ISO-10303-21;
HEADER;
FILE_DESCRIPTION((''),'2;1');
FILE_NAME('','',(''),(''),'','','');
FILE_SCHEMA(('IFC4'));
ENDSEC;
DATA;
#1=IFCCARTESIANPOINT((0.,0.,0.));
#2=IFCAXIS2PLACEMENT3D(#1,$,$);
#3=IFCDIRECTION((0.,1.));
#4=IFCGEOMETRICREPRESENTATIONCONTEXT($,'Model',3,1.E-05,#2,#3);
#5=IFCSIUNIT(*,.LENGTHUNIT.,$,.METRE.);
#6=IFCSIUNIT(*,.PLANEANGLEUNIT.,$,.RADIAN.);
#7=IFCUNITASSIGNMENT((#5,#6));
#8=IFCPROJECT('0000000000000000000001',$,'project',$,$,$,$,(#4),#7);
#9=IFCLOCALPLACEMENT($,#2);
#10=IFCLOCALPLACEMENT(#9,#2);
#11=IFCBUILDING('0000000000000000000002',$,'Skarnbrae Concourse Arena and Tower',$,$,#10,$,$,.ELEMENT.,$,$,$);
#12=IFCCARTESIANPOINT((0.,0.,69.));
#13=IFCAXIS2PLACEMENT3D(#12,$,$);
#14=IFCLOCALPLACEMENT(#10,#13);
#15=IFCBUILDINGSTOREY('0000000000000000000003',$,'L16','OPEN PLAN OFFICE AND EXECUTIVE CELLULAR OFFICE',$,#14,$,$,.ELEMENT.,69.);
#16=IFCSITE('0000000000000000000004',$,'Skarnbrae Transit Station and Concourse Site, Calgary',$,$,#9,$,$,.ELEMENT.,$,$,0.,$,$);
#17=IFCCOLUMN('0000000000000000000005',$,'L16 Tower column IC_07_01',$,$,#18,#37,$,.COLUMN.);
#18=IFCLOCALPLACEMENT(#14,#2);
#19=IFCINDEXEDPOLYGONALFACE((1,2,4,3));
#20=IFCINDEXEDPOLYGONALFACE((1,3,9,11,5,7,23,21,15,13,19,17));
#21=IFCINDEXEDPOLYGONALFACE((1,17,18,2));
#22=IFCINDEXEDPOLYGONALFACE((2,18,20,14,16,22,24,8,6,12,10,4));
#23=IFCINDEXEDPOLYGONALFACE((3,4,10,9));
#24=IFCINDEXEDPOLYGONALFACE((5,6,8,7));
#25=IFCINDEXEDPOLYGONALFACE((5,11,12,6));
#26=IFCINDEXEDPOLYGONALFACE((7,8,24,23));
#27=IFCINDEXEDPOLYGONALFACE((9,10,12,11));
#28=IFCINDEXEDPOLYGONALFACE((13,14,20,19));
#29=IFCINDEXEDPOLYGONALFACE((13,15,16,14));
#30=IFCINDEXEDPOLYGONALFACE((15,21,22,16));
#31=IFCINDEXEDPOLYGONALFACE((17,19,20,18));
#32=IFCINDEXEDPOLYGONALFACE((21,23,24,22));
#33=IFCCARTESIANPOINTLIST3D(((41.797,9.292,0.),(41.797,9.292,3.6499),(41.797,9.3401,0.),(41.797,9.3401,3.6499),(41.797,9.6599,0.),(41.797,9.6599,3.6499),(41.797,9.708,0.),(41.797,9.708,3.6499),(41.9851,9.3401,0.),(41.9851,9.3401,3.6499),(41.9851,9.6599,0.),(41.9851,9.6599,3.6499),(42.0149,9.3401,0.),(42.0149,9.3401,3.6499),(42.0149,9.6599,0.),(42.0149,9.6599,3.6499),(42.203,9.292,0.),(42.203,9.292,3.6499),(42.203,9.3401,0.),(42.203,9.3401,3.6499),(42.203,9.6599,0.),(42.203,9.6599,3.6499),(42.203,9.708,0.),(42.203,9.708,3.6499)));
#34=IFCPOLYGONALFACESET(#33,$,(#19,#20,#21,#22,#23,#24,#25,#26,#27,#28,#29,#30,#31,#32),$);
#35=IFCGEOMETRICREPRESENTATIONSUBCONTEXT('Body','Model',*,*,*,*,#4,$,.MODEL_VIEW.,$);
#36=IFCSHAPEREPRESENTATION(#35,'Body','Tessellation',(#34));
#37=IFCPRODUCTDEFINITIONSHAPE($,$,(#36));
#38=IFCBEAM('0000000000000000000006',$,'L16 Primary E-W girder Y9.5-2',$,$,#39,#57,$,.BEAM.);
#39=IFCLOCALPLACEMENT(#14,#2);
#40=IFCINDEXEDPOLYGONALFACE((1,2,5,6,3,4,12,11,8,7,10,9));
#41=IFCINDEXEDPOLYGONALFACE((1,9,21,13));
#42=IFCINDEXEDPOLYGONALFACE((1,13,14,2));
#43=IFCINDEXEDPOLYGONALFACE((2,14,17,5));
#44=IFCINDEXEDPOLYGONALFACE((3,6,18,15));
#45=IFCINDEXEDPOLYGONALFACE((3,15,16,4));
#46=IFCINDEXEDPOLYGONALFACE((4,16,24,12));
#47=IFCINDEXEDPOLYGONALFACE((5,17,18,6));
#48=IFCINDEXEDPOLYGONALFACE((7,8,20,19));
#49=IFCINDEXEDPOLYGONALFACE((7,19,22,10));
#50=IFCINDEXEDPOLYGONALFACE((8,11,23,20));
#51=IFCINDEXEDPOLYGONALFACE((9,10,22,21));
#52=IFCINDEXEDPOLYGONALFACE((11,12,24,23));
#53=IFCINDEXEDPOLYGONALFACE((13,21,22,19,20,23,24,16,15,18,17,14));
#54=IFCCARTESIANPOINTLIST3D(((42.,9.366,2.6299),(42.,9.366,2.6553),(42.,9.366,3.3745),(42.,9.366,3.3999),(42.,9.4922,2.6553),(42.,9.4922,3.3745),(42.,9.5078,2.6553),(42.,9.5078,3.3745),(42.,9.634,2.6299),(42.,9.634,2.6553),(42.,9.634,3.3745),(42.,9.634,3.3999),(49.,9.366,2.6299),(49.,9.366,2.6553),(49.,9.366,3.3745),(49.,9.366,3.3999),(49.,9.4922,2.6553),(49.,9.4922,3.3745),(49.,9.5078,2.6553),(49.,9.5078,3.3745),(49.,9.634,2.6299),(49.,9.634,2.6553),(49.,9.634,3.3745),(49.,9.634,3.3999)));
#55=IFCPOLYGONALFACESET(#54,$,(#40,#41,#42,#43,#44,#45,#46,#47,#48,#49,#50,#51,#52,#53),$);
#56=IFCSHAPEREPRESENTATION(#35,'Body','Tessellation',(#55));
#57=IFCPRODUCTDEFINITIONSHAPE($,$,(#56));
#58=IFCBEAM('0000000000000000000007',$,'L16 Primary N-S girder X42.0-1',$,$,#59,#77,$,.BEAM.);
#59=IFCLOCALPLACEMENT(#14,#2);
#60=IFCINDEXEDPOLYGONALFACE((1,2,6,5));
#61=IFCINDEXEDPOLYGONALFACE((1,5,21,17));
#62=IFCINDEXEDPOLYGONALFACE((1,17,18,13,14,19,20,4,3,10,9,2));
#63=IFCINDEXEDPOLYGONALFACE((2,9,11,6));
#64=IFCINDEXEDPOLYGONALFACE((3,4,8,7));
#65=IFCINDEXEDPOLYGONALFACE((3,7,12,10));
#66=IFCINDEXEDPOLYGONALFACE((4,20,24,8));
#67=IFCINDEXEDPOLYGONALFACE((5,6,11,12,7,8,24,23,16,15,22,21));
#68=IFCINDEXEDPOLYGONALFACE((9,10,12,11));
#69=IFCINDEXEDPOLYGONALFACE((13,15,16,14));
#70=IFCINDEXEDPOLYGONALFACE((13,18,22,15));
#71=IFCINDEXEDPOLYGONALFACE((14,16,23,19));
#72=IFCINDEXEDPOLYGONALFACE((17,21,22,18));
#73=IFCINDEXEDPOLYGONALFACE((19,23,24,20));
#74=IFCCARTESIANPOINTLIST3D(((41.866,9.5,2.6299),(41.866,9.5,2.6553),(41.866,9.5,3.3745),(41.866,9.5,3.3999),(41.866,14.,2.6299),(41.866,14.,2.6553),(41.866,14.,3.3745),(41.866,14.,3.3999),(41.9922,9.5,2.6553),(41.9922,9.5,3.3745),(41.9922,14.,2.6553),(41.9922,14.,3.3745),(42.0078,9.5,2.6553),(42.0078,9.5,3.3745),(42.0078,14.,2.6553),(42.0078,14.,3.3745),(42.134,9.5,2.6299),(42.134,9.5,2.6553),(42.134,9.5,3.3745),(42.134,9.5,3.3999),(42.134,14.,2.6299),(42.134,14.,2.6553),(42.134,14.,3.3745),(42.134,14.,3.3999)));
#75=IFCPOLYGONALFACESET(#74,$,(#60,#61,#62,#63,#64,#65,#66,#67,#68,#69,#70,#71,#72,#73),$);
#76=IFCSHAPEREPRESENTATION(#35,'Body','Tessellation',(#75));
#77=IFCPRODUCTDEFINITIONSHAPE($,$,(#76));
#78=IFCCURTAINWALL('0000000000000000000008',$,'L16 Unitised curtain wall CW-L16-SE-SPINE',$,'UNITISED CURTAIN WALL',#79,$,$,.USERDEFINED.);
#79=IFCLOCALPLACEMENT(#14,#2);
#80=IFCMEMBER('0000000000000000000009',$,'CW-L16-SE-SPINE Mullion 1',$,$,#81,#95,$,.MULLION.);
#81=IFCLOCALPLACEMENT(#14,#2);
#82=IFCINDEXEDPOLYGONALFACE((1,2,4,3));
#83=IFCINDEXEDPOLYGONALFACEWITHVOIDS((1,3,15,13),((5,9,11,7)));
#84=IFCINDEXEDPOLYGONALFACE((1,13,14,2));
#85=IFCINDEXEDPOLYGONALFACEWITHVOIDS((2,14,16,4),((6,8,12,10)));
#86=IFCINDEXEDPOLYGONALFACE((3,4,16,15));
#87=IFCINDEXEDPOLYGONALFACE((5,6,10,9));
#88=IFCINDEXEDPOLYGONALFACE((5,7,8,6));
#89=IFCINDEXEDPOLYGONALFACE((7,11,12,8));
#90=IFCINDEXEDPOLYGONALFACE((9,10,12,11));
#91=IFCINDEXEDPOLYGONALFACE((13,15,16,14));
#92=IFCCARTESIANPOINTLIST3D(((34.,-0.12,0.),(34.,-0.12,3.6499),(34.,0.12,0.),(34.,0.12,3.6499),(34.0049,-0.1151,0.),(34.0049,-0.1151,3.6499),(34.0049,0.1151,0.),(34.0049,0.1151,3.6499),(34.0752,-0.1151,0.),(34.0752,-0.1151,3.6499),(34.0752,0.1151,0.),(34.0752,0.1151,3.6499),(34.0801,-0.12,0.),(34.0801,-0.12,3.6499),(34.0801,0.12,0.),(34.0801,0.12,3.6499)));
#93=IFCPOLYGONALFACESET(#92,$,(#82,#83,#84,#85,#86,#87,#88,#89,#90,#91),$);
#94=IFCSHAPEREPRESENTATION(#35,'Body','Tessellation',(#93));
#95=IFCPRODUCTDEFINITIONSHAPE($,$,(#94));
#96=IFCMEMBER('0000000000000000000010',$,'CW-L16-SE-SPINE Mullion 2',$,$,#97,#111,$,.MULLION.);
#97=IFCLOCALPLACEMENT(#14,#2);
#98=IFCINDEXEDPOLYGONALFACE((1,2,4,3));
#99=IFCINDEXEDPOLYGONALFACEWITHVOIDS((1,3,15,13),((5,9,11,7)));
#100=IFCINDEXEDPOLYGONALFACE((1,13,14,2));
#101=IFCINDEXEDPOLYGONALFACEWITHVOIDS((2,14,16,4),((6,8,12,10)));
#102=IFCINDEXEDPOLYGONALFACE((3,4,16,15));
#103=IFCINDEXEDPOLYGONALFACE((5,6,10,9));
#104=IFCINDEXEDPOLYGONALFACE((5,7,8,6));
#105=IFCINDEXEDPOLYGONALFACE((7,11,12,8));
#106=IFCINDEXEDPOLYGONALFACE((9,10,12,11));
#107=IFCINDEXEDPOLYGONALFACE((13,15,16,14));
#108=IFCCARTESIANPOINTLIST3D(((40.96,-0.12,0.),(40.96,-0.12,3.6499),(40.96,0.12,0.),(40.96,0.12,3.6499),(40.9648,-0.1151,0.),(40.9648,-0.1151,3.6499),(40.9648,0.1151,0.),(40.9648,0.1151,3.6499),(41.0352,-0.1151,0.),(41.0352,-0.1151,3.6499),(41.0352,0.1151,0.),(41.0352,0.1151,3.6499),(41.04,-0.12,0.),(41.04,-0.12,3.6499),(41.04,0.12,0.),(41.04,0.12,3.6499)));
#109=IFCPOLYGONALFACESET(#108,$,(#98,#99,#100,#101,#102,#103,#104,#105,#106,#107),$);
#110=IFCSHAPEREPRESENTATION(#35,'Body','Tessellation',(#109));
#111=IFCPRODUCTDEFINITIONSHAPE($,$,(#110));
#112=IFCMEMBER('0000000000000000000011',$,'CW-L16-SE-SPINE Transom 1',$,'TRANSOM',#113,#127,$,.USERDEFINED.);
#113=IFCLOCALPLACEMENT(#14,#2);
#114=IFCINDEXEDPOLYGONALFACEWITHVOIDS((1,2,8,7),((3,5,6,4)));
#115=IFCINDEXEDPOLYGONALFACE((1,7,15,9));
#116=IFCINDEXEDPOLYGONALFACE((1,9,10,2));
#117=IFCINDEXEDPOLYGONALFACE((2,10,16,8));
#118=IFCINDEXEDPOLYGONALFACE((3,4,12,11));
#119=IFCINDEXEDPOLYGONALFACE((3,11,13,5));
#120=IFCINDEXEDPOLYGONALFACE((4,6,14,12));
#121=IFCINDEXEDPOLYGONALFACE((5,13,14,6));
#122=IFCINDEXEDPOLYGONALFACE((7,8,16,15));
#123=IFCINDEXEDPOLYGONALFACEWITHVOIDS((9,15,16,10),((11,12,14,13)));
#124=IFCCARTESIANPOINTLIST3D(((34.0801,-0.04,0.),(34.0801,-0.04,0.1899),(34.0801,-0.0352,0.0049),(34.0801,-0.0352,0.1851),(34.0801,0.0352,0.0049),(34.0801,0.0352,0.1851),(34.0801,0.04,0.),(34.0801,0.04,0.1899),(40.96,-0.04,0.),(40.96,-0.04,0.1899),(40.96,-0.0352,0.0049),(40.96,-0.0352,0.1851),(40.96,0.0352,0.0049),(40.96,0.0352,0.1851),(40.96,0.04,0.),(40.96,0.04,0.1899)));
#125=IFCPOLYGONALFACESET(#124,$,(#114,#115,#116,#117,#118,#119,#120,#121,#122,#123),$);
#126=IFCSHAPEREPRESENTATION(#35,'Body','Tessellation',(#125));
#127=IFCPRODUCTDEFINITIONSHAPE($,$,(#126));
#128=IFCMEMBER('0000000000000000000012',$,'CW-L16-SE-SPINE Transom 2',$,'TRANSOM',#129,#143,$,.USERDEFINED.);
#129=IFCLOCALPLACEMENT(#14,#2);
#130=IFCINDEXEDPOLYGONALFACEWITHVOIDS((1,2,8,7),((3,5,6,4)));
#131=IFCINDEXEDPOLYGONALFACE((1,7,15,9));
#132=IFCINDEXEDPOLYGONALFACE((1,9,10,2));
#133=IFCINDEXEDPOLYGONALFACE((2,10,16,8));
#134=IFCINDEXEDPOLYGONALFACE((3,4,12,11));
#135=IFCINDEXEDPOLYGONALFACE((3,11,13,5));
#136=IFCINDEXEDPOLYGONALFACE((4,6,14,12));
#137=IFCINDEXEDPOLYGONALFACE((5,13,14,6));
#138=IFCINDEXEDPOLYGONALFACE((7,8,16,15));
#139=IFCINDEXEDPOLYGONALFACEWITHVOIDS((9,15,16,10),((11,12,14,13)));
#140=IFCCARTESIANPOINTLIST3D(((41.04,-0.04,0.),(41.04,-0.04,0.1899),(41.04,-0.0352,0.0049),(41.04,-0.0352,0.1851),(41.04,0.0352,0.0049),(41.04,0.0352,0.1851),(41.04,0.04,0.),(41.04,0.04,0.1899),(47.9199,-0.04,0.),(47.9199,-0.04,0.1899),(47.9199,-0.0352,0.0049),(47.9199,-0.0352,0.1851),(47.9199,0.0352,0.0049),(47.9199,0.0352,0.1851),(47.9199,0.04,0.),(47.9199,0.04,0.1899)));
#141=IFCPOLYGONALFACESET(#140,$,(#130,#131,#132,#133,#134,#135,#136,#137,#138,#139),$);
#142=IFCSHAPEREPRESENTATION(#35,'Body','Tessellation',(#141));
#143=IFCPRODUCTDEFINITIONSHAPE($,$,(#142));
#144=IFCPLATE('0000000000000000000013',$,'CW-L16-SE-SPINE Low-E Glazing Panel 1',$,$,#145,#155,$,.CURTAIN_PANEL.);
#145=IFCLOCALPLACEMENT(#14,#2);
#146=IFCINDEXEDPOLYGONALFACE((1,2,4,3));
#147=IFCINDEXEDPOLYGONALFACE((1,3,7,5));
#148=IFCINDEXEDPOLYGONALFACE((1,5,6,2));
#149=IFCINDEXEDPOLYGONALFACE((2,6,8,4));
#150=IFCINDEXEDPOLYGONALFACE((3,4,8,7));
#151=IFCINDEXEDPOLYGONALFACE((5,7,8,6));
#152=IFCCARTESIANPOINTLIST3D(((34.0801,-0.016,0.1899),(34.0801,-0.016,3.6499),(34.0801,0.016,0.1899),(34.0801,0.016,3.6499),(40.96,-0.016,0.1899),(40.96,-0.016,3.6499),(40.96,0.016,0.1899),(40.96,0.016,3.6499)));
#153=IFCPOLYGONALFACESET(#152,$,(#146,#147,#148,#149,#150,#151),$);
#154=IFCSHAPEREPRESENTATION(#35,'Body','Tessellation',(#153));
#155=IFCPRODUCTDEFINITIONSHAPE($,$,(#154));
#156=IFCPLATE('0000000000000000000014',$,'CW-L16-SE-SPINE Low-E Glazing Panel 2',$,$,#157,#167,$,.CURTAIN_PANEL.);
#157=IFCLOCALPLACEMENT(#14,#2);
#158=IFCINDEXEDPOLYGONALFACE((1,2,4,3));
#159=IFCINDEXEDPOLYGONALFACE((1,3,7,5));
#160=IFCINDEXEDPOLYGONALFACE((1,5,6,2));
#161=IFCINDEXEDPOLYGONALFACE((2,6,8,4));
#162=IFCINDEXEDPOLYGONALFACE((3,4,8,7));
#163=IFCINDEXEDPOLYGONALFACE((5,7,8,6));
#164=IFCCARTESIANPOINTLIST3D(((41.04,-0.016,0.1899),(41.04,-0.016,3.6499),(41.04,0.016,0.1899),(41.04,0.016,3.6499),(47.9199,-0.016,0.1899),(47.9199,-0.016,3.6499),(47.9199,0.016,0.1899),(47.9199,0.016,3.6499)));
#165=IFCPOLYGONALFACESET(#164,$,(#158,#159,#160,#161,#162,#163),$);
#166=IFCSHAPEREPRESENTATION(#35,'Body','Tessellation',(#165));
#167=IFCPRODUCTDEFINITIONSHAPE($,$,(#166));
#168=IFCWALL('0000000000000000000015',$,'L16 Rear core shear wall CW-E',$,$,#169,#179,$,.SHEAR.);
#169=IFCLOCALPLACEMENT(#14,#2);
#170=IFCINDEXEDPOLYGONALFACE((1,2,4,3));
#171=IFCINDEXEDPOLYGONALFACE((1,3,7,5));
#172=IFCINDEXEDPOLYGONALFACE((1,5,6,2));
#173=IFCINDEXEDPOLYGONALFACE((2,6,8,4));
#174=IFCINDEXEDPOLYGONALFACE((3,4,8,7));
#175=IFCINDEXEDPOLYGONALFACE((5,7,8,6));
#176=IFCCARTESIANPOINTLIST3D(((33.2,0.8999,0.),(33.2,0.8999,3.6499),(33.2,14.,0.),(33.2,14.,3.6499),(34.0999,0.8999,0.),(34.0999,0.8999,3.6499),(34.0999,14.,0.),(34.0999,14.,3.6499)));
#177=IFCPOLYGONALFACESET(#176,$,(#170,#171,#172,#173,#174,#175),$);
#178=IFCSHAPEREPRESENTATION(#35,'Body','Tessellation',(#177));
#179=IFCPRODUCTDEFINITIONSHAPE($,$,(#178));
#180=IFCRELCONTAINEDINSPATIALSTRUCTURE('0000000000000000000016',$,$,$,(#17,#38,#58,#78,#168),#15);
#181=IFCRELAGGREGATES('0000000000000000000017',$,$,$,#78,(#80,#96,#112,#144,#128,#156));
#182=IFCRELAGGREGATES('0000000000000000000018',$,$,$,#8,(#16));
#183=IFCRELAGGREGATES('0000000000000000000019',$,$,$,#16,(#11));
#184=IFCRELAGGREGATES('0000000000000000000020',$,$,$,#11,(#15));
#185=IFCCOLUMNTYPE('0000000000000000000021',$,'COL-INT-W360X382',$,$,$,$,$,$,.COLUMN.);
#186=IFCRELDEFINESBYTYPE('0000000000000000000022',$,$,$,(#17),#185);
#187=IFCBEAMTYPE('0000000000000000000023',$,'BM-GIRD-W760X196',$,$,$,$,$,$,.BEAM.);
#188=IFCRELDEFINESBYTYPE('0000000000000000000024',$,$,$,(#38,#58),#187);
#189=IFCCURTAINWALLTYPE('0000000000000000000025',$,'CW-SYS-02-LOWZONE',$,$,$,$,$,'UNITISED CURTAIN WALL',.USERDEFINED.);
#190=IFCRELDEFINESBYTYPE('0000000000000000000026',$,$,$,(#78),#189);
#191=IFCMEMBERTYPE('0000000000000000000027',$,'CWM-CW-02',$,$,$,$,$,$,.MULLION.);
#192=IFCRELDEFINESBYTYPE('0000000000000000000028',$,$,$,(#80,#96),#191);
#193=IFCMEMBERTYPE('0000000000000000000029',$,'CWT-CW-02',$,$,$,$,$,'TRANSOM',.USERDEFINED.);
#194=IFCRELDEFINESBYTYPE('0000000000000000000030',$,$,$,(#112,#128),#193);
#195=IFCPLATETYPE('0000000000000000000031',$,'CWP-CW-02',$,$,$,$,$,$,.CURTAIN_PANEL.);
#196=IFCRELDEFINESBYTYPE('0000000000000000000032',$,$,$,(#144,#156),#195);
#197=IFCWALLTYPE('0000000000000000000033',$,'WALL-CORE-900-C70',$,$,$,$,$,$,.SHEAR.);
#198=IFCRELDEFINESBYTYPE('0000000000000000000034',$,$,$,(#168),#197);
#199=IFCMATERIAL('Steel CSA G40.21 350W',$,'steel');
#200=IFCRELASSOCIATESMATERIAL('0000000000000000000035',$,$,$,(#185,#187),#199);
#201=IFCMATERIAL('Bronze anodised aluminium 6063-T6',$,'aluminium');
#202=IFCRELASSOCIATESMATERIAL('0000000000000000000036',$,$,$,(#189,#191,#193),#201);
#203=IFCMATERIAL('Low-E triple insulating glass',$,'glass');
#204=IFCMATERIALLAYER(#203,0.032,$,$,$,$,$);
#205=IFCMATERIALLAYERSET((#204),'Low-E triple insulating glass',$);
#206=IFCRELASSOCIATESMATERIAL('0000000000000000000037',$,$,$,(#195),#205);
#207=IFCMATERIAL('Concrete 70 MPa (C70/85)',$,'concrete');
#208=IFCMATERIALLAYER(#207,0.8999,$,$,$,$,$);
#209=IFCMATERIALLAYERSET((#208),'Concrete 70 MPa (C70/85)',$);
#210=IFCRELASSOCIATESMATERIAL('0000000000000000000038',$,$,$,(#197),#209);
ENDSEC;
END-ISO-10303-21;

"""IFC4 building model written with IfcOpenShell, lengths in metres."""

from ifc_helpers import new_model, si_unit, direction, frame, frame_2d, origin, origin_2d, place, context, subcontext, project, spatial, rectangle, hollow_rectangle, i_section, extrude, source, transform, mapped, material, layer, layer_set, material_profile, profile_set, type_object, element, aggregate, save


model = new_model("IFC4")

# Units and contexts
model_context = context("Model", 3, precision=1e-05, world=origin(), true_north=direction((0.0, 1.0)))
body_context = subcontext(model_context, "Body", "Model", "MODEL_VIEW")
ifc_project = project(units=[si_unit("LENGTHUNIT", "METRE"), si_unit("PLANEANGLEUNIT", "RADIAN")], contexts=[model_context])

# Site, building, storey
site_placement = place(None, origin())
site = spatial("IfcSite", under=ifc_project, at=site_placement, Name="Skarnbrae Transit Station and Concourse Site, Calgary", CompositionType="ELEMENT", RefElevation=0.0)
building_placement = place(site_placement, origin())
building = spatial("IfcBuilding", under=site, at=building_placement, Name="Skarnbrae Concourse Arena and Tower", CompositionType="ELEMENT")
storey_placement = place(building_placement, frame((0.0, 0.0, 69.0)))
storey = spatial("IfcBuildingStorey", under=building, at=storey_placement, Name="L16", Description="OPEN PLAN OFFICE AND EXECUTIVE CELLULAR OFFICE", CompositionType="ELEMENT", Elevation=69.0)

# Column
ifc_material_1 = material(Name="Steel CSA G40.21 350W", Category="steel")
ifc_material_profile_1 = material_profile(ifc_material_1, i_section(OverallWidth=0.406, OverallDepth=0.416, WebThickness=0.0298, FlangeThickness=0.0481, at=origin_2d()), Name="W360X382")
ifc_profile_set_1 = profile_set([ifc_material_profile_1], Name="Steel CSA G40.21 350W")
column_type = type_object("IfcColumnType", Name="COL-INT-W360X382", PredefinedType="COLUMN", material=ifc_profile_set_1)
shared_shape_1 = source(origin(), body_context, "Body", "SweptSolid", [
    extrude(i_section(OverallWidth=0.406, OverallDepth=0.416, WebThickness=0.0298, FlangeThickness=0.0481, at=origin_2d()), origin(), (0.0, 0.0, 1.0), 3.6499),
])
column_placement = place(storey_placement, frame((42.0, 9.5, 0.0), z_axis=(0.0, 0.0, 1.0), x_axis=(1.0, 0.0, 0.0)))
element("IfcColumn", 1, at=column_placement, inside=storey, type_object=column_type, Name="L16 Tower column IC_07_01", PredefinedType="COLUMN", context=body_context, shape_type="MappedRepresentation", body=[
    mapped(shared_shape_1, transform((0.0, 0.0, 0.0))),
])

# Beams
ifc_material_profile_2 = material_profile(ifc_material_1, i_section(OverallWidth=0.2681, OverallDepth=0.77, WebThickness=0.0156, FlangeThickness=0.0254, at=origin_2d()), Name="W760X196")
ifc_profile_set_2 = profile_set([ifc_material_profile_2], Name="Steel CSA G40.21 350W")
beam_type = type_object("IfcBeamType", Name="BM-GIRD-W760X196", PredefinedType="BEAM", material=ifc_profile_set_2)
shared_shape_2 = source(origin(), body_context, "Body", "SweptSolid", [
    extrude(i_section(OverallWidth=0.2681, OverallDepth=0.77, WebThickness=0.0156, FlangeThickness=0.0254, at=origin_2d()), origin(), (0.0, 0.0, 1.0), 7.0),
])
beam_1_placement = place(storey_placement, frame((42.0, 9.5, 3.0149), z_axis=(1.0, 0.0, 0.0), x_axis=(0.0, 1.0, 0.0)))
element("IfcBeam", 2, at=beam_1_placement, inside=storey, type_object=beam_type, Name="L16 Primary E-W girder Y9.5-2", PredefinedType="BEAM", context=body_context, shape_type="MappedRepresentation", body=[
    mapped(shared_shape_2, transform((0.0, 0.0, 0.0))),
])
shared_shape_3 = source(origin(), body_context, "Body", "SweptSolid", [
    extrude(i_section(OverallWidth=0.2681, OverallDepth=0.77, WebThickness=0.0156, FlangeThickness=0.0254, at=origin_2d()), origin(), (0.0, 0.0, 1.0), 4.5),
])
beam_2_placement = place(storey_placement, frame((42.0, 9.5, 3.0149), z_axis=(0.0, 1.0, 0.0), x_axis=(-1.0, 0.0, 0.0)))
element("IfcBeam", 3, at=beam_2_placement, inside=storey, type_object=beam_type, Name="L16 Primary N-S girder X42.0-1", PredefinedType="BEAM", context=body_context, shape_type="MappedRepresentation", body=[
    mapped(shared_shape_3, transform((0.0, 0.0, 0.0))),
])

# Curtain wall, members, plates
ifc_material_2 = material(Name="Bronze anodised aluminium 6063-T6", Category="aluminium")
curtain_wall_type = type_object("IfcCurtainWallType", Name="CW-SYS-02-LOWZONE", ElementType="UNITISED CURTAIN WALL", PredefinedType="USERDEFINED", material=ifc_material_2)
curtain_wall_placement = place(storey_placement, origin())
curtain_wall = element("IfcCurtainWall", 4, at=curtain_wall_placement, inside=storey, type_object=curtain_wall_type, Name="L16 Unitised curtain wall CW-L16-SE-SPINE", ObjectType="UNITISED CURTAIN WALL", PredefinedType="USERDEFINED")
ifc_material_profile_3 = material_profile(ifc_material_2, hollow_rectangle(XDim=0.0801, YDim=0.24, WallThickness=0.0049, at=origin_2d()), Name="ALU-MULL-80X240")
ifc_profile_set_3 = profile_set([ifc_material_profile_3], Name="Bronze anodised aluminium 6063-T6")
member_type_1 = type_object("IfcMemberType", Name="CWM-CW-02", PredefinedType="MULLION", material=ifc_profile_set_3)
shared_shape_4 = source(origin(), body_context, "Body", "SweptSolid", [
    extrude(hollow_rectangle(XDim=0.0801, YDim=0.24, WallThickness=0.0049, at=origin_2d()), origin(), (0.0, 0.0, 1.0), 3.6499),
])
member_1_placement = place(storey_placement, frame((34.04, 0.0, 0.0), z_axis=(0.0, 0.0, 1.0), x_axis=(1.0, 0.0, 0.0)))
member_1 = element("IfcMember", 5, at=member_1_placement, type_object=member_type_1, Name="CW-L16-SE-SPINE Mullion 1", PredefinedType="MULLION", context=body_context, shape_type="MappedRepresentation", body=[
    mapped(shared_shape_4, transform((0.0, 0.0, 0.0))),
])
member_2_placement = place(storey_placement, frame((41.0, 0.0, 0.0), z_axis=(0.0, 0.0, 1.0), x_axis=(1.0, 0.0, 0.0)))
member_2 = element("IfcMember", 6, at=member_2_placement, type_object=member_type_1, Name="CW-L16-SE-SPINE Mullion 2", PredefinedType="MULLION", context=body_context, shape_type="MappedRepresentation", body=[
    mapped(shared_shape_4, transform((0.0, 0.0, 0.0))),
])
ifc_material_profile_4 = material_profile(ifc_material_2, hollow_rectangle(XDim=0.0801, YDim=0.1899, WallThickness=0.0049, at=origin_2d()), Name="ALU-TRAN-80X190")
ifc_profile_set_4 = profile_set([ifc_material_profile_4], Name="Bronze anodised aluminium 6063-T6")
member_type_2 = type_object("IfcMemberType", Name="CWT-CW-02", ElementType="TRANSOM", PredefinedType="USERDEFINED", material=ifc_profile_set_4)
shared_shape_5 = source(origin(), body_context, "Body", "SweptSolid", [
    extrude(hollow_rectangle(XDim=0.0801, YDim=0.1899, WallThickness=0.0049, at=origin_2d()), origin(), (0.0, 0.0, 1.0), 6.8799),
])
member_3_placement = place(storey_placement, frame((34.0801, 0.0, 0.095), z_axis=(1.0, 0.0, 0.0), x_axis=(0.0, 1.0, 0.0)))
member_3 = element("IfcMember", 7, at=member_3_placement, type_object=member_type_2, Name="CW-L16-SE-SPINE Transom 1", ObjectType="TRANSOM", PredefinedType="USERDEFINED", context=body_context, shape_type="MappedRepresentation", body=[
    mapped(shared_shape_5, transform((0.0, 0.0, 0.0))),
])
member_4_placement = place(storey_placement, frame((41.04, 0.0, 0.095), z_axis=(1.0, 0.0, 0.0), x_axis=(0.0, 1.0, 0.0)))
member_4 = element("IfcMember", 8, at=member_4_placement, type_object=member_type_2, Name="CW-L16-SE-SPINE Transom 2", ObjectType="TRANSOM", PredefinedType="USERDEFINED", context=body_context, shape_type="MappedRepresentation", body=[
    mapped(shared_shape_5, transform((0.0, 0.0, 0.0))),
])
ifc_material_3 = material(Name="Low-E triple insulating glass", Category="glass")
ifc_layer_1 = layer(ifc_material_3, 0.032)
ifc_layer_set_1 = layer_set([ifc_layer_1], Name="Low-E triple insulating glass")
plate_type = type_object("IfcPlateType", Name="CWP-CW-02", PredefinedType="CURTAIN_PANEL", material=ifc_layer_set_1)
shared_shape_6 = source(origin(), body_context, "Body", "SweptSolid", [
    extrude(rectangle(XDim=6.8799, YDim=0.032, at=origin_2d()), origin(), (0.0, 0.0, 1.0), 3.46),
])
plate_1_placement = place(storey_placement, frame((37.52, 0.0, 0.1899), z_axis=(0.0, 0.0, 1.0), x_axis=(1.0, 0.0, 0.0)))
plate_1 = element("IfcPlate", 9, at=plate_1_placement, type_object=plate_type, Name="CW-L16-SE-SPINE Low-E Glazing Panel 1", PredefinedType="CURTAIN_PANEL", context=body_context, shape_type="MappedRepresentation", body=[
    mapped(shared_shape_6, transform((0.0, 0.0, 0.0))),
])
plate_2_placement = place(storey_placement, frame((44.48, 0.0, 0.1899), z_axis=(0.0, 0.0, 1.0), x_axis=(1.0, 0.0, 0.0)))
plate_2 = element("IfcPlate", 10, at=plate_2_placement, type_object=plate_type, Name="CW-L16-SE-SPINE Low-E Glazing Panel 2", PredefinedType="CURTAIN_PANEL", context=body_context, shape_type="MappedRepresentation", body=[
    mapped(shared_shape_6, transform((0.0, 0.0, 0.0))),
])
aggregate(curtain_wall, [member_1, member_2, member_3, plate_1, member_4, plate_2])

# Wall
ifc_material_4 = material(Name="Concrete 70 MPa (C70/85)", Category="concrete")
ifc_layer_2 = layer(ifc_material_4, 0.8999)
ifc_layer_set_2 = layer_set([ifc_layer_2], Name="Concrete 70 MPa (C70/85)")
wall_type_1 = type_object("IfcWallType", Name="WALL-CORE-900-C70", PredefinedType="SHEAR", material=ifc_layer_set_2)
shared_shape_7 = source(origin(), body_context, "Body", "SweptSolid", [
    extrude(rectangle(XDim=13.1001, YDim=0.8999, at=frame_2d((6.55, 0.0))), origin(), (0.0, 0.0, 1.0), 3.6499),
])
wall_1_placement = place(storey_placement, frame((33.6499, 0.8999, 0.0), z_axis=(0.0, 0.0, 1.0), x_axis=(0.0, 1.0, 0.0)))
element("IfcWall", 11, at=wall_1_placement, inside=storey, type_object=wall_type_1, Name="L16 Rear core shear wall CW-E", PredefinedType="SHEAR", context=body_context, shape_type="MappedRepresentation", body=[
    mapped(shared_shape_7, transform((0.0, 0.0, 0.0))),
])

save(model, "model.ifc")
